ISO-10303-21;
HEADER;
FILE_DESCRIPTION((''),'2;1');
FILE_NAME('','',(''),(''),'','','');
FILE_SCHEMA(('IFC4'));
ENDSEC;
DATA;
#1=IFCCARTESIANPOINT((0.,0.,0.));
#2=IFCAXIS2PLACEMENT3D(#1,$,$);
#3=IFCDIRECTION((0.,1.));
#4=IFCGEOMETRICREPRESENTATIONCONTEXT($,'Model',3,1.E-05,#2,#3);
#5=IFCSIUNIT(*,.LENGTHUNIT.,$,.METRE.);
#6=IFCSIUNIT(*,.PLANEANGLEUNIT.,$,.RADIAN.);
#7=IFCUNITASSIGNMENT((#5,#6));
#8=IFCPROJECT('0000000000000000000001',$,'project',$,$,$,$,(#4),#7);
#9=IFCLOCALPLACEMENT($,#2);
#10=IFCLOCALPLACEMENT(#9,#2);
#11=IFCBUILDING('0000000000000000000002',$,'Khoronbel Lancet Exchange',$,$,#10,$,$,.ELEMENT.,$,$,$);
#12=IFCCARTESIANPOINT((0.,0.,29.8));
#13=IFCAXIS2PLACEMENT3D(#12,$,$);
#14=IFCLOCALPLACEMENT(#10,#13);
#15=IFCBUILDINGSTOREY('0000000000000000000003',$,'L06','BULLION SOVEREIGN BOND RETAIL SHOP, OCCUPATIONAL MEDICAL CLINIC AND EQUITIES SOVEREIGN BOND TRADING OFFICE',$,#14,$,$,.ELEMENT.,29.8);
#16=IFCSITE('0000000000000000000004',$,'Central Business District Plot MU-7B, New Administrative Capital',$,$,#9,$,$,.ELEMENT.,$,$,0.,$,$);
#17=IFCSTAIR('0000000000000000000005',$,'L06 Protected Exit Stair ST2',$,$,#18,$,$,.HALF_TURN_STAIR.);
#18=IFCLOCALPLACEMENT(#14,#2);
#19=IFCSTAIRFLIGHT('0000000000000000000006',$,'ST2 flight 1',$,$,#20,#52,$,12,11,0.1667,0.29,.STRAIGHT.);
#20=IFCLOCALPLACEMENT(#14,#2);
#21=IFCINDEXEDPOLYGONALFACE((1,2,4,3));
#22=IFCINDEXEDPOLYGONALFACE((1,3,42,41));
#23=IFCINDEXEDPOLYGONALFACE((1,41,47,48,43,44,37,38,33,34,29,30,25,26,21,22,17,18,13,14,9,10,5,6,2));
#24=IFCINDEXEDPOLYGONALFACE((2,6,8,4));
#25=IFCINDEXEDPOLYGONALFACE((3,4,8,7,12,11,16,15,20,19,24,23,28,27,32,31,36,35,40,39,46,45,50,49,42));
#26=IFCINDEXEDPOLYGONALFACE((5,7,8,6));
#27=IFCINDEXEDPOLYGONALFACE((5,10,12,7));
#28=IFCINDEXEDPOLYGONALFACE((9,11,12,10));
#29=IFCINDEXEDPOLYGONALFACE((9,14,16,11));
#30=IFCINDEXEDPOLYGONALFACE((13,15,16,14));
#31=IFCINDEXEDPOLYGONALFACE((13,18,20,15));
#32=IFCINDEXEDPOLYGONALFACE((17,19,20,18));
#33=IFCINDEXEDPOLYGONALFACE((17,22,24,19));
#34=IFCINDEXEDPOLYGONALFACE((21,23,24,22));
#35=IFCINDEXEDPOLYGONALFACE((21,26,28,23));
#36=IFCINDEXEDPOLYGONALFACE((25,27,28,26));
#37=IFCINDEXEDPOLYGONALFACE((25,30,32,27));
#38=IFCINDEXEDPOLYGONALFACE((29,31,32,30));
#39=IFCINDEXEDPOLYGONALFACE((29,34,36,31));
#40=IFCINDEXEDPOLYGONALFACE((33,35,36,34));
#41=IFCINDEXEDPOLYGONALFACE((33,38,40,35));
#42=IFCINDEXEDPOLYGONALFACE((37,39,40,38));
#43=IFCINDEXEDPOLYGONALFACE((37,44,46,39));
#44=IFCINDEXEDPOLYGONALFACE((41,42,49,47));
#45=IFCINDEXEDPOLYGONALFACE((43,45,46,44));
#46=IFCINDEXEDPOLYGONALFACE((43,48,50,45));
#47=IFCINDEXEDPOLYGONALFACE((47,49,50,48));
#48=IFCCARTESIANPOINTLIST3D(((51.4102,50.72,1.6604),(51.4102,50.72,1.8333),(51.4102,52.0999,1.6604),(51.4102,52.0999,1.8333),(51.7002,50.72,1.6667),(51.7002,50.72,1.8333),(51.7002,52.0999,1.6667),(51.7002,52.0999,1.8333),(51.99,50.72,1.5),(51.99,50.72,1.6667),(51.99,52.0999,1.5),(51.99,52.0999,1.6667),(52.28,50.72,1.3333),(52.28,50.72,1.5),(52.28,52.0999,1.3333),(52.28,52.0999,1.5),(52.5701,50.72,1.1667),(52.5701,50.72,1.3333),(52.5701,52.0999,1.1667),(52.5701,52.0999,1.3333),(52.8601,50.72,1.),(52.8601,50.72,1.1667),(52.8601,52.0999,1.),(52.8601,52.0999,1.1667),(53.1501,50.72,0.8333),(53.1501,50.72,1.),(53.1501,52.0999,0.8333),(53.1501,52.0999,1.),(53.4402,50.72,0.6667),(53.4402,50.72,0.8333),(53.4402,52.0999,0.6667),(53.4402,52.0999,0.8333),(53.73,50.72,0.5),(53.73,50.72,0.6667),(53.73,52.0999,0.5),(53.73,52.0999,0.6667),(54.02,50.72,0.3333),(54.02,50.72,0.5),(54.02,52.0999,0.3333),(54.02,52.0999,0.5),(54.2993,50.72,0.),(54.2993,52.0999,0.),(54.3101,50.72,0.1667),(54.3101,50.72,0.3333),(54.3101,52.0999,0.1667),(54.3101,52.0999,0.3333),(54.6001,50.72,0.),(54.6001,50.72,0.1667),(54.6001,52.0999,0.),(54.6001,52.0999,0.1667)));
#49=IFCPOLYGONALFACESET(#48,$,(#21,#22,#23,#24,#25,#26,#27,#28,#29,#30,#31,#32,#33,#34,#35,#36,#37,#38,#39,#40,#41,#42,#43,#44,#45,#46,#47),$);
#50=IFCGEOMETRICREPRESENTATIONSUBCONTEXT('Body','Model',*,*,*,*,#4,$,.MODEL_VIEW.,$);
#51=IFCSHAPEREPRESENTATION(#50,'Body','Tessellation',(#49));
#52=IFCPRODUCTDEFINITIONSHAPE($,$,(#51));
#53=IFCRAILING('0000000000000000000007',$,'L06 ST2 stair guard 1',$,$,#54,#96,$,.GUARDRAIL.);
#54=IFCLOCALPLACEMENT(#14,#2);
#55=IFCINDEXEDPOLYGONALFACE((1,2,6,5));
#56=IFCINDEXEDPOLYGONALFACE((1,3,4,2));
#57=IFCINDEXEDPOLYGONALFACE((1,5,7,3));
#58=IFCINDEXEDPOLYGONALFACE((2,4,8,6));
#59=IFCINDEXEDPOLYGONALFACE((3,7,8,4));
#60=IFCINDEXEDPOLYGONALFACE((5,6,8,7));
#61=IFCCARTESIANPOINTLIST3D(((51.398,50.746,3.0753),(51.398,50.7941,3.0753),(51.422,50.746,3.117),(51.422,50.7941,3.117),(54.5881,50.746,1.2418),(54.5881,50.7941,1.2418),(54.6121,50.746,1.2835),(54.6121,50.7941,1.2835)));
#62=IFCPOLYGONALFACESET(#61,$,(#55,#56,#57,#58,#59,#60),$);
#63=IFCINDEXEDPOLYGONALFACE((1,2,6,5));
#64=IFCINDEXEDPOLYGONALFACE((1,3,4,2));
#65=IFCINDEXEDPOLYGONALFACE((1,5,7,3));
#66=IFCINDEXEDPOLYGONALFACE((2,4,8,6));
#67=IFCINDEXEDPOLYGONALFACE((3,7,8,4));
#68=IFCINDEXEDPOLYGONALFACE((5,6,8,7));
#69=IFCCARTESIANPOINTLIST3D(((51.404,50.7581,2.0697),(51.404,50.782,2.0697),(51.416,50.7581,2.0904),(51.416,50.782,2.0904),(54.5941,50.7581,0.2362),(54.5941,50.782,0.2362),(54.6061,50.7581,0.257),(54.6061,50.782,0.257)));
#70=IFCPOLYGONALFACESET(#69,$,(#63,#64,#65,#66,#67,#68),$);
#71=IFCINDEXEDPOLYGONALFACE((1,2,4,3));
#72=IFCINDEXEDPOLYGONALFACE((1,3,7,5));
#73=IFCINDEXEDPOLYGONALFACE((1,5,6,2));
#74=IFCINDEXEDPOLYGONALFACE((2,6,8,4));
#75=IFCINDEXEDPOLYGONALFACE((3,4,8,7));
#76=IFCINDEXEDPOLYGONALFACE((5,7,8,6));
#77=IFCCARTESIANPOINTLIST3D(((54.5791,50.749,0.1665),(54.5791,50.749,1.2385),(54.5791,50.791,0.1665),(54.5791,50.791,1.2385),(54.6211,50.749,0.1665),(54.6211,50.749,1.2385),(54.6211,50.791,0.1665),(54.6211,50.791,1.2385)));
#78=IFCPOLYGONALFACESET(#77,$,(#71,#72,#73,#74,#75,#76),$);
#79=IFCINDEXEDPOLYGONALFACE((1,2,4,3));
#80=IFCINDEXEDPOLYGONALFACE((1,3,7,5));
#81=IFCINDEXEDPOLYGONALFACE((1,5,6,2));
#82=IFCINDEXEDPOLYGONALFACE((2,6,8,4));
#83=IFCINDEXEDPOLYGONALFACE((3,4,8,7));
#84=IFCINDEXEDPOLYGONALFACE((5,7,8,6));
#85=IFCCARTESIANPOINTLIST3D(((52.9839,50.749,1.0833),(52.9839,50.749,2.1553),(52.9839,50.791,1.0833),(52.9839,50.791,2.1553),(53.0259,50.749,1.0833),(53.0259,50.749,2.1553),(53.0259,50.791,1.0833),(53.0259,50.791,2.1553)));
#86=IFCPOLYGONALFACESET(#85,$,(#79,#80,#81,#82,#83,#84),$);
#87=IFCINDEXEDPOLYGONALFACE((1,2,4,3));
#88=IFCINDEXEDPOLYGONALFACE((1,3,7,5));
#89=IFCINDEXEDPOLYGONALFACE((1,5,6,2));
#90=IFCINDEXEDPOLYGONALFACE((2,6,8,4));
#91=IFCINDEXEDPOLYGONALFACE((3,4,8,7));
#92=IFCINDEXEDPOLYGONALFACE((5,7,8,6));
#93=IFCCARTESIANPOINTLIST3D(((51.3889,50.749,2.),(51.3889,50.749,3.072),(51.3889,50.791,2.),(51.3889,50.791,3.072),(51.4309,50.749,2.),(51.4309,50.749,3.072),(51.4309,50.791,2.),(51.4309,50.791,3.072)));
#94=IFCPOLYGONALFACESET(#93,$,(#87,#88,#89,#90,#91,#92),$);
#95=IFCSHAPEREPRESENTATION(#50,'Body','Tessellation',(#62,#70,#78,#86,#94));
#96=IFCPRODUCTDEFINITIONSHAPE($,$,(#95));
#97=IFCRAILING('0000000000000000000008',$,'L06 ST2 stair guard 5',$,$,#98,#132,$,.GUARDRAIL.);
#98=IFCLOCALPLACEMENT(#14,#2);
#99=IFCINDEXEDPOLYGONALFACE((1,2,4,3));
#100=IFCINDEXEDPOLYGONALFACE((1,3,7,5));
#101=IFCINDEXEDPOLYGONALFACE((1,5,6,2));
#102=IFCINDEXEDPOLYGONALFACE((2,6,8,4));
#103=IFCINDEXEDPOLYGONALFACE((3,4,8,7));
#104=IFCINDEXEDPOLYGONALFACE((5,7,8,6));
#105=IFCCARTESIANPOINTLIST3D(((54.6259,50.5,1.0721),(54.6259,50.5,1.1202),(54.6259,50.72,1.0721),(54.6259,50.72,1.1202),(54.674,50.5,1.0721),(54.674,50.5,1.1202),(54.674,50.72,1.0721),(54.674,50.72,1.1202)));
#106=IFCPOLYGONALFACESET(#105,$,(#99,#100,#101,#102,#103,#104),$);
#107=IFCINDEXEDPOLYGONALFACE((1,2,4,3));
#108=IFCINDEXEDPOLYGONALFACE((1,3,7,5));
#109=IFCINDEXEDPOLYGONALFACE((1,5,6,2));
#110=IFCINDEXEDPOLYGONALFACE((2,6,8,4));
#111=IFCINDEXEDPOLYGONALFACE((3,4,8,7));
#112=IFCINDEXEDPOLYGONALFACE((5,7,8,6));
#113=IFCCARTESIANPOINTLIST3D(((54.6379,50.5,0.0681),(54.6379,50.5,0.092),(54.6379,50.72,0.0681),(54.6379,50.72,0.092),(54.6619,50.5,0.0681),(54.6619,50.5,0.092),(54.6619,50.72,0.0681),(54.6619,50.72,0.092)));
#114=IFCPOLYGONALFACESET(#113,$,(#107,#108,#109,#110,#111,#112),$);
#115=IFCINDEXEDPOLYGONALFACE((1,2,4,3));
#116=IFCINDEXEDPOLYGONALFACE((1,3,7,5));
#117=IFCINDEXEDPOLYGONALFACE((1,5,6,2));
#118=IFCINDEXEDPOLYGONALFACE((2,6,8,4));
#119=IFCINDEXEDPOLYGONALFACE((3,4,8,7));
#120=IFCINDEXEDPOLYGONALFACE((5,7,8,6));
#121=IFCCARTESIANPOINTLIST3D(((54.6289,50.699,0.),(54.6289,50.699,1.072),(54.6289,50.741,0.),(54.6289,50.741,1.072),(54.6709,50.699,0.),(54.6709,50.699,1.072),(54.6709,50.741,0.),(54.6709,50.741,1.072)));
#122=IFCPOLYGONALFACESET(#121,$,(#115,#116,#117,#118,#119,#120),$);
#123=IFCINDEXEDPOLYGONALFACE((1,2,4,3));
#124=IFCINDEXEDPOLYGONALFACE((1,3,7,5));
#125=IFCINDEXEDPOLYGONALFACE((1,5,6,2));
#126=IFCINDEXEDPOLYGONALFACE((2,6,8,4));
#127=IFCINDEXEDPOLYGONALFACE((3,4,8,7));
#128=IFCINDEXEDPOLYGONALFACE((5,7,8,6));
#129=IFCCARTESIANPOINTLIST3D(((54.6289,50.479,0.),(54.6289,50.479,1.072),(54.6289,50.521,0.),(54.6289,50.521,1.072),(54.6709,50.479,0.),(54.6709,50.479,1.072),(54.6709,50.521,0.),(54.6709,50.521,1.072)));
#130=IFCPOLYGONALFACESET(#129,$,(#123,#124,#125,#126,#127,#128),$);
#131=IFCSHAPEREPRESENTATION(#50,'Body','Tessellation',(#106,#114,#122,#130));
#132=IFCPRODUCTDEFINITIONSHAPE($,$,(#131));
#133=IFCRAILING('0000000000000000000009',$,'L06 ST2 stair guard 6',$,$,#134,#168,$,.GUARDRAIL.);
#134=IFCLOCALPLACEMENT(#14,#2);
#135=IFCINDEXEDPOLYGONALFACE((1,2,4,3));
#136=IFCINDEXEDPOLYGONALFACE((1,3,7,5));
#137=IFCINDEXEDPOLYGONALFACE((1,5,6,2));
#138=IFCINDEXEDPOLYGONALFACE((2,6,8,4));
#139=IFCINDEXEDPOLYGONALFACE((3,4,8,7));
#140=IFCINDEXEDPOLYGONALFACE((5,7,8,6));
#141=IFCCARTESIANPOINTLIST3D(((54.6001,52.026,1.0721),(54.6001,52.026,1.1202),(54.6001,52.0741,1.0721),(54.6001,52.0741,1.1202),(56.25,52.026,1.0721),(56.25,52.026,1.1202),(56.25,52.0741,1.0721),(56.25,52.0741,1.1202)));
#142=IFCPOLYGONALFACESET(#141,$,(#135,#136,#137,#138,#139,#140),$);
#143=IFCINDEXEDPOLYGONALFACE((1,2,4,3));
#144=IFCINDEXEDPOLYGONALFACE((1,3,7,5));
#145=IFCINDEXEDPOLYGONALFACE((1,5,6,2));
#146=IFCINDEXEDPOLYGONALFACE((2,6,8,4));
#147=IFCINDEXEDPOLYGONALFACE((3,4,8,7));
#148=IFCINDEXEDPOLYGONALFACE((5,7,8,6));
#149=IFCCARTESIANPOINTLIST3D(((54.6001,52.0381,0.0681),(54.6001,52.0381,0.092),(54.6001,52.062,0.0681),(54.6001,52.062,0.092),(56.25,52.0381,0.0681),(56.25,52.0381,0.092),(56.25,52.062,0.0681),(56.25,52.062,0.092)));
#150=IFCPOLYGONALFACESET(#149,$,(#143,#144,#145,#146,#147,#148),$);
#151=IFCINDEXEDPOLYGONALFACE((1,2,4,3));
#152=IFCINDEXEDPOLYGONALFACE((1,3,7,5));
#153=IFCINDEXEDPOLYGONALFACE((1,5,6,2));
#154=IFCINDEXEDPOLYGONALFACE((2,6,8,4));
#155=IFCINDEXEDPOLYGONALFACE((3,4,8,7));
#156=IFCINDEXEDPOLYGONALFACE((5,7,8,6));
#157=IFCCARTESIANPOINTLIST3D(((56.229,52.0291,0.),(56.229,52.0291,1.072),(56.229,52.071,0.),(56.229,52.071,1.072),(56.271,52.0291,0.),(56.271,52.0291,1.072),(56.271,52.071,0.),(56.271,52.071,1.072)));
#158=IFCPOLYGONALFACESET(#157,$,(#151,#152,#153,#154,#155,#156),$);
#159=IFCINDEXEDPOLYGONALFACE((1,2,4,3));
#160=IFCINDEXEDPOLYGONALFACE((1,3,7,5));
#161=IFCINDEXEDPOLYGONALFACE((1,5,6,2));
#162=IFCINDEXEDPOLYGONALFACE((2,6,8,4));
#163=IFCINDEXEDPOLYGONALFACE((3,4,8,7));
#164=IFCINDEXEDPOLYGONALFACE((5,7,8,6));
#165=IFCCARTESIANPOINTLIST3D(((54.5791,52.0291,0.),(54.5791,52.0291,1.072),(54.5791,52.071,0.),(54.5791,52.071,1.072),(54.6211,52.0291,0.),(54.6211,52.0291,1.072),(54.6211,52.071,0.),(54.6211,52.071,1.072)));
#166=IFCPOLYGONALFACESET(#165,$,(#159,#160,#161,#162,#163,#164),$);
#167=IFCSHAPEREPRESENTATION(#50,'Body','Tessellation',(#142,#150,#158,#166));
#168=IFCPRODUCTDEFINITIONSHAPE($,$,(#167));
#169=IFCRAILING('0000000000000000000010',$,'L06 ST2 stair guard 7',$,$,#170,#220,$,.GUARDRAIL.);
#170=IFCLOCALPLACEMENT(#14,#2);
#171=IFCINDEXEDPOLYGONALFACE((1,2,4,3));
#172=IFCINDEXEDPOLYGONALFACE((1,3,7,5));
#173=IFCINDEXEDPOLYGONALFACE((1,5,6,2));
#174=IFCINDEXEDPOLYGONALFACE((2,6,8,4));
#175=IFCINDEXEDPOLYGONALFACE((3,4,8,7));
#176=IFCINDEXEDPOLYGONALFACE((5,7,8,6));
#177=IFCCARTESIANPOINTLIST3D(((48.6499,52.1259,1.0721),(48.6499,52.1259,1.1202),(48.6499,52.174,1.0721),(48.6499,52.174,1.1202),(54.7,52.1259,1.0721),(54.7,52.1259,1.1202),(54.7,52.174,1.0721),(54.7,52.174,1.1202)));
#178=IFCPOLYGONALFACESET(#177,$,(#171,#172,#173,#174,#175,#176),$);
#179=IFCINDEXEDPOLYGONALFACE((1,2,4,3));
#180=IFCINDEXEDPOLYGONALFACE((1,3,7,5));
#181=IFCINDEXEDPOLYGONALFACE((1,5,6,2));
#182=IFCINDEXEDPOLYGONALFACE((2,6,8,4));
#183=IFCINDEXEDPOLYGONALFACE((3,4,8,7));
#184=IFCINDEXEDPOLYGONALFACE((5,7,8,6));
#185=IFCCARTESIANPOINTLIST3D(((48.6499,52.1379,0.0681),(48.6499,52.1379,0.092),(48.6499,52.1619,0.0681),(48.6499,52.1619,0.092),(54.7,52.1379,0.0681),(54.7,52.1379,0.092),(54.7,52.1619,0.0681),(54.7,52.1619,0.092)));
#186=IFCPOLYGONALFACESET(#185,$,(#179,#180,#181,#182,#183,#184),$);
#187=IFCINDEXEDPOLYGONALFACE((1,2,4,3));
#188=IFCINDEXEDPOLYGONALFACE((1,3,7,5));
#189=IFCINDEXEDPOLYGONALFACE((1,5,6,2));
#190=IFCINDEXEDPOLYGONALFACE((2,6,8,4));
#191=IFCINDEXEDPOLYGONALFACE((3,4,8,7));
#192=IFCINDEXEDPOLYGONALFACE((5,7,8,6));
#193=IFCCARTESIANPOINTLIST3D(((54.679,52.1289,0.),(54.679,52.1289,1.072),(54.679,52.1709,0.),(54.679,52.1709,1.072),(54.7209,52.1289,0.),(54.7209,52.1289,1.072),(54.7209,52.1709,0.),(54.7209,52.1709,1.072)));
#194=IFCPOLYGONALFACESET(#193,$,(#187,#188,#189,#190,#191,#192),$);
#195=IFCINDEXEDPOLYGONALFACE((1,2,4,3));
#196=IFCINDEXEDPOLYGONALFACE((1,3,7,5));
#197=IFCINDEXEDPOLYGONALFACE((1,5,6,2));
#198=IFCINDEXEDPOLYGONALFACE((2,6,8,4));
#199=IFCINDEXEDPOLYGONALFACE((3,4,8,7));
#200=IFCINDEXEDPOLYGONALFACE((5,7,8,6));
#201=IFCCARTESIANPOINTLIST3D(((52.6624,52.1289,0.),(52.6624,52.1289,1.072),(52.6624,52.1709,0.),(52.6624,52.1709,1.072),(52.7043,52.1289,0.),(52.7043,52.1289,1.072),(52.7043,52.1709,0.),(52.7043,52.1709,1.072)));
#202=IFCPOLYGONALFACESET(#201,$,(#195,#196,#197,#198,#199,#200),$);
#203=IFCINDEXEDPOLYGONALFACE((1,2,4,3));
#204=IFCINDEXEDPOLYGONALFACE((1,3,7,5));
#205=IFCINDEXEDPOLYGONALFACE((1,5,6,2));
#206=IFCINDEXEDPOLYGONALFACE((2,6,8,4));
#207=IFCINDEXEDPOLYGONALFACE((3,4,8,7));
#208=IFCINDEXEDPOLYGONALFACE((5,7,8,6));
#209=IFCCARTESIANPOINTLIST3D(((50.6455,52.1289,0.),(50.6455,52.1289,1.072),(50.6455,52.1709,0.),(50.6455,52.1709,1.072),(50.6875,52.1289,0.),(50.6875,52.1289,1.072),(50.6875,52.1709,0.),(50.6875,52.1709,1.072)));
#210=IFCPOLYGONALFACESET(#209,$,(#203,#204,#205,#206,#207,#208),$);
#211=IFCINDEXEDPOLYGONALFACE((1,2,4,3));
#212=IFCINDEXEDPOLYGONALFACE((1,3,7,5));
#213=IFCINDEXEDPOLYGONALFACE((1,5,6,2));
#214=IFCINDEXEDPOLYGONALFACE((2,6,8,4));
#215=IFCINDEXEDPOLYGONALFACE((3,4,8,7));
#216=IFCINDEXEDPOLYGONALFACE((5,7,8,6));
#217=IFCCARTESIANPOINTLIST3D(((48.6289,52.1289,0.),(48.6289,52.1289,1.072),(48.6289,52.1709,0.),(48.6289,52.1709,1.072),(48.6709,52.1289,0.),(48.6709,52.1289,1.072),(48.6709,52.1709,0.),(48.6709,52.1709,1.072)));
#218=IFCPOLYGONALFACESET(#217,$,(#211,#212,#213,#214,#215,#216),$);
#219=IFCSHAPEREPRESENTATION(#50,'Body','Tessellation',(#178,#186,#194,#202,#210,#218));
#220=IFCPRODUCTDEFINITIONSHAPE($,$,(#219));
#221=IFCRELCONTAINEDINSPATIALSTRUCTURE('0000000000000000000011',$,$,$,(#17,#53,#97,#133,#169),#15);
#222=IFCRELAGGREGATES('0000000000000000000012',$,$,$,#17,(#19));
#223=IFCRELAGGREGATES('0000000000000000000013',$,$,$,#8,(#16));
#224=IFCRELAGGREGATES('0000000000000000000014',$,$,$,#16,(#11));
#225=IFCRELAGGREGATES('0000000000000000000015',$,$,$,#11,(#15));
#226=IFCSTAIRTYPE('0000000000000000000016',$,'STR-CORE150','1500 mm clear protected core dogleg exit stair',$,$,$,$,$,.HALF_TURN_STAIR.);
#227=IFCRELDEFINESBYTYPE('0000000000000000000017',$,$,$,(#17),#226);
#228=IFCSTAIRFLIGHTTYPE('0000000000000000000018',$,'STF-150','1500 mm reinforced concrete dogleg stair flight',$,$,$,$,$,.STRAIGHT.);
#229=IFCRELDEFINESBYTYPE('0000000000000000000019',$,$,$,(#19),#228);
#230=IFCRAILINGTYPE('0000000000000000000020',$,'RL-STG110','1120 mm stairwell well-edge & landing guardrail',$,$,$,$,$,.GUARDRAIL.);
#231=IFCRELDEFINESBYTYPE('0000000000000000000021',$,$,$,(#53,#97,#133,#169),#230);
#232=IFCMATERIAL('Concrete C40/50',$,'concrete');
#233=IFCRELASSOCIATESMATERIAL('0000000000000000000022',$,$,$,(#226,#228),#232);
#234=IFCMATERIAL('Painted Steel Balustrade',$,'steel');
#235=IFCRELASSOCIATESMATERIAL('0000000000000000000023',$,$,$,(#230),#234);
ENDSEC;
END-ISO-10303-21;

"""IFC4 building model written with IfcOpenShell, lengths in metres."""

from ifc_helpers import new_model, si_unit, direction, frame, origin, origin_2d, place, context, subcontext, project, spatial, polyline, rectangle, outline, extrude, material, type_object, element, aggregate, save


model = new_model("IFC4")

# Units and contexts
model_context = context("Model", 3, precision=1e-05, world=origin(), true_north=direction((0.0, 1.0)))
body_context = subcontext(model_context, "Body", "Model", "MODEL_VIEW")
ifc_project = project(units=[si_unit("LENGTHUNIT", "METRE"), si_unit("PLANEANGLEUNIT", "RADIAN")], contexts=[model_context])

# Site, building, storey
site_placement = place(None, origin())
site = spatial("IfcSite", under=ifc_project, at=site_placement, Name="Central Business District Plot MU-7B, New Administrative Capital", CompositionType="ELEMENT", RefElevation=0.0)
building_placement = place(site_placement, origin())
building = spatial("IfcBuilding", under=site, at=building_placement, Name="Khoronbel Lancet Exchange", CompositionType="ELEMENT")
storey_placement = place(building_placement, frame((0.0, 0.0, 29.8)))
storey = spatial("IfcBuildingStorey", under=building, at=storey_placement, Name="L06", Description="BULLION SOVEREIGN BOND RETAIL SHOP, OCCUPATIONAL MEDICAL CLINIC AND EQUITIES SOVEREIGN BOND TRADING OFFICE", CompositionType="ELEMENT", Elevation=29.8)

# Stair, stair flight
ifc_material_1 = material(Name="Concrete C40/50", Category="concrete")
stair_type = type_object("IfcStairType", Name="STR-CORE150", Description="1500 mm clear protected core dogleg exit stair", PredefinedType="HALF_TURN_STAIR", material=ifc_material_1)
stair_placement = place(storey_placement, origin())
stair = element("IfcStair", 1, at=stair_placement, inside=storey, type_object=stair_type, Name="L06 Protected Exit Stair ST2", PredefinedType="HALF_TURN_STAIR")
stair_flight_type = type_object("IfcStairFlightType", Name="STF-150", Description="1500 mm reinforced concrete dogleg stair flight", PredefinedType="STRAIGHT", material=ifc_material_1)
stair_flight_placement = place(storey_placement, frame((54.6001, 51.4099, 0.0), z_axis=(0.0, 0.0, 1.0), x_axis=(-1.0, 0.0, 0.0)))
stair_flight = element("IfcStairFlight", 2, at=stair_flight_placement, type_object=stair_flight_type, Name="ST2 flight 1", NumberOfRisers=12, NumberOfTreads=11, PredefinedType="STRAIGHT", RiserHeight=0.1667, TreadLength=0.29, context=body_context, shape_type="SweptSolid", body=[
    extrude(outline(polyline([(0.0, 0.0), (0.0, 0.1667), (0.29, 0.1667), (0.29, 0.3333), (0.5801, 0.3333), (0.5801, 0.5), (0.8701, 0.5), (0.8701, 0.6667), (1.1599, 0.6667), (1.1599, 0.8333), (1.45, 0.8333), (1.45, 1.0), (1.74, 1.0), (1.74, 1.1667), (2.03, 1.1667), (2.03, 1.3333), (2.3201, 1.3333), (2.3201, 1.5), (2.6101, 1.5), (2.6101, 1.6667), (2.8999, 1.6667), (2.8999, 1.8333), (3.1899, 1.8333), (3.1899, 2.0), (3.1899, 1.6604), (0.3008, 0.0), (0.0, 0.0)])), frame((0.0, 0.6899, 0.0), z_axis=(0.0, -1.0, 0.0), x_axis=(1.0, 0.0, 0.0)), (0.0, 0.0, 1.0), 1.3799),
])
aggregate(stair, [stair_flight])

# Railings
ifc_material_2 = material(Name="Painted Steel Balustrade", Category="steel")
railing_type_1 = type_object("IfcRailingType", Name="RL-STG110", Description="1120 mm stairwell well-edge & landing guardrail", PredefinedType="GUARDRAIL", material=ifc_material_2)
railing_1_placement = place(storey_placement, frame((54.6001, 50.77, 0.1665)))
element("IfcRailing", 3, at=railing_1_placement, inside=storey, type_object=railing_type_1, Name="L06 ST2 stair guard 1", PredefinedType="GUARDRAIL", context=body_context, shape_type="SweptSolid", body=[
    extrude(rectangle(XDim=0.0481, YDim=0.0481, at=origin_2d()), frame((0.0, 0.0, 1.0962), z_axis=(-0.867007, 0.0, 0.498295), x_axis=(0.0, -1.0, 0.0)), (0.0, 0.0, 1.0), 3.6794),
    extrude(rectangle(XDim=0.0239, YDim=0.0239, at=origin_2d()), frame((0.0, 0.0, 0.0801), z_axis=(-0.867007, 0.0, 0.498295), x_axis=(0.0, -1.0, 0.0)), (0.0, 0.0, 1.0), 3.6794),
    extrude(rectangle(XDim=0.042, YDim=0.042, at=origin_2d()), origin(), (0.0, 0.0, 1.0), 1.072),
    extrude(rectangle(XDim=0.042, YDim=0.042, at=origin_2d()), frame((-1.5952, 0.0, 0.9167)), (0.0, 0.0, 1.0), 1.072),
    extrude(rectangle(XDim=0.042, YDim=0.042, at=origin_2d()), frame((-3.1902, 0.0, 1.8335)), (0.0, 0.0, 1.0), 1.072),
])
railing_2_placement = place(storey_placement, frame((54.6499, 50.72, 0.0)))
element("IfcRailing", 4, at=railing_2_placement, inside=storey, type_object=railing_type_1, Name="L06 ST2 stair guard 5", PredefinedType="GUARDRAIL", context=body_context, shape_type="SweptSolid", body=[
    extrude(rectangle(XDim=0.0481, YDim=0.0481, at=origin_2d()), frame((0.0, 0.0, 1.0962), z_axis=(0.0, -1.0, 0.0), x_axis=(1.0, 0.0, 0.0)), (0.0, 0.0, 1.0), 0.22),
    extrude(rectangle(XDim=0.0239, YDim=0.0239, at=origin_2d()), frame((0.0, 0.0, 0.0801), z_axis=(0.0, -1.0, 0.0), x_axis=(1.0, 0.0, 0.0)), (0.0, 0.0, 1.0), 0.22),
    extrude(rectangle(XDim=0.042, YDim=0.042, at=origin_2d()), origin(), (0.0, 0.0, 1.0), 1.072),
    extrude(rectangle(XDim=0.042, YDim=0.042, at=origin_2d()), frame((0.0, -0.22, 0.0)), (0.0, 0.0, 1.0), 1.072),
])
railing_3_placement = place(storey_placement, frame((56.25, 52.05, 0.0)))
element("IfcRailing", 5, at=railing_3_placement, inside=storey, type_object=railing_type_1, Name="L06 ST2 stair guard 6", PredefinedType="GUARDRAIL", context=body_context, shape_type="SweptSolid", body=[
    extrude(rectangle(XDim=0.0481, YDim=0.0481, at=origin_2d()), frame((0.0, 0.0, 1.0962), z_axis=(-1.0, 0.0, 0.0), x_axis=(0.0, -1.0, 0.0)), (0.0, 0.0, 1.0), 1.6499),
    extrude(rectangle(XDim=0.0239, YDim=0.0239, at=origin_2d()), frame((0.0, 0.0, 0.0801), z_axis=(-1.0, 0.0, 0.0), x_axis=(0.0, -1.0, 0.0)), (0.0, 0.0, 1.0), 1.6499),
    extrude(rectangle(XDim=0.042, YDim=0.042, at=origin_2d()), origin(), (0.0, 0.0, 1.0), 1.072),
    extrude(rectangle(XDim=0.042, YDim=0.042, at=origin_2d()), frame((-1.6499, 0.0, 0.0)), (0.0, 0.0, 1.0), 1.072),
])
railing_4_placement = place(storey_placement, frame((54.7, 52.1499, 0.0)))
element("IfcRailing", 6, at=railing_4_placement, inside=storey, type_object=railing_type_1, Name="L06 ST2 stair guard 7", PredefinedType="GUARDRAIL", context=body_context, shape_type="SweptSolid", body=[
    extrude(rectangle(XDim=0.0481, YDim=0.0481, at=origin_2d()), frame((0.0, 0.0, 1.0962), z_axis=(-1.0, 0.0, 0.0), x_axis=(0.0, -1.0, 0.0)), (0.0, 0.0, 1.0), 6.05),
    extrude(rectangle(XDim=0.0239, YDim=0.0239, at=origin_2d()), frame((0.0, 0.0, 0.0801), z_axis=(-1.0, 0.0, 0.0), x_axis=(0.0, -1.0, 0.0)), (0.0, 0.0, 1.0), 6.05),
    extrude(rectangle(XDim=0.042, YDim=0.042, at=origin_2d()), origin(), (0.0, 0.0, 1.0), 1.072),
    extrude(rectangle(XDim=0.042, YDim=0.042, at=origin_2d()), frame((-2.0166, 0.0, 0.0)), (0.0, 0.0, 1.0), 1.072),
    extrude(rectangle(XDim=0.042, YDim=0.042, at=origin_2d()), frame((-4.0334, 0.0, 0.0)), (0.0, 0.0, 1.0), 1.072),
    extrude(rectangle(XDim=0.042, YDim=0.042, at=origin_2d()), frame((-6.05, 0.0, 0.0)), (0.0, 0.0, 1.0), 1.072),
])

save(model, "model.ifc")
